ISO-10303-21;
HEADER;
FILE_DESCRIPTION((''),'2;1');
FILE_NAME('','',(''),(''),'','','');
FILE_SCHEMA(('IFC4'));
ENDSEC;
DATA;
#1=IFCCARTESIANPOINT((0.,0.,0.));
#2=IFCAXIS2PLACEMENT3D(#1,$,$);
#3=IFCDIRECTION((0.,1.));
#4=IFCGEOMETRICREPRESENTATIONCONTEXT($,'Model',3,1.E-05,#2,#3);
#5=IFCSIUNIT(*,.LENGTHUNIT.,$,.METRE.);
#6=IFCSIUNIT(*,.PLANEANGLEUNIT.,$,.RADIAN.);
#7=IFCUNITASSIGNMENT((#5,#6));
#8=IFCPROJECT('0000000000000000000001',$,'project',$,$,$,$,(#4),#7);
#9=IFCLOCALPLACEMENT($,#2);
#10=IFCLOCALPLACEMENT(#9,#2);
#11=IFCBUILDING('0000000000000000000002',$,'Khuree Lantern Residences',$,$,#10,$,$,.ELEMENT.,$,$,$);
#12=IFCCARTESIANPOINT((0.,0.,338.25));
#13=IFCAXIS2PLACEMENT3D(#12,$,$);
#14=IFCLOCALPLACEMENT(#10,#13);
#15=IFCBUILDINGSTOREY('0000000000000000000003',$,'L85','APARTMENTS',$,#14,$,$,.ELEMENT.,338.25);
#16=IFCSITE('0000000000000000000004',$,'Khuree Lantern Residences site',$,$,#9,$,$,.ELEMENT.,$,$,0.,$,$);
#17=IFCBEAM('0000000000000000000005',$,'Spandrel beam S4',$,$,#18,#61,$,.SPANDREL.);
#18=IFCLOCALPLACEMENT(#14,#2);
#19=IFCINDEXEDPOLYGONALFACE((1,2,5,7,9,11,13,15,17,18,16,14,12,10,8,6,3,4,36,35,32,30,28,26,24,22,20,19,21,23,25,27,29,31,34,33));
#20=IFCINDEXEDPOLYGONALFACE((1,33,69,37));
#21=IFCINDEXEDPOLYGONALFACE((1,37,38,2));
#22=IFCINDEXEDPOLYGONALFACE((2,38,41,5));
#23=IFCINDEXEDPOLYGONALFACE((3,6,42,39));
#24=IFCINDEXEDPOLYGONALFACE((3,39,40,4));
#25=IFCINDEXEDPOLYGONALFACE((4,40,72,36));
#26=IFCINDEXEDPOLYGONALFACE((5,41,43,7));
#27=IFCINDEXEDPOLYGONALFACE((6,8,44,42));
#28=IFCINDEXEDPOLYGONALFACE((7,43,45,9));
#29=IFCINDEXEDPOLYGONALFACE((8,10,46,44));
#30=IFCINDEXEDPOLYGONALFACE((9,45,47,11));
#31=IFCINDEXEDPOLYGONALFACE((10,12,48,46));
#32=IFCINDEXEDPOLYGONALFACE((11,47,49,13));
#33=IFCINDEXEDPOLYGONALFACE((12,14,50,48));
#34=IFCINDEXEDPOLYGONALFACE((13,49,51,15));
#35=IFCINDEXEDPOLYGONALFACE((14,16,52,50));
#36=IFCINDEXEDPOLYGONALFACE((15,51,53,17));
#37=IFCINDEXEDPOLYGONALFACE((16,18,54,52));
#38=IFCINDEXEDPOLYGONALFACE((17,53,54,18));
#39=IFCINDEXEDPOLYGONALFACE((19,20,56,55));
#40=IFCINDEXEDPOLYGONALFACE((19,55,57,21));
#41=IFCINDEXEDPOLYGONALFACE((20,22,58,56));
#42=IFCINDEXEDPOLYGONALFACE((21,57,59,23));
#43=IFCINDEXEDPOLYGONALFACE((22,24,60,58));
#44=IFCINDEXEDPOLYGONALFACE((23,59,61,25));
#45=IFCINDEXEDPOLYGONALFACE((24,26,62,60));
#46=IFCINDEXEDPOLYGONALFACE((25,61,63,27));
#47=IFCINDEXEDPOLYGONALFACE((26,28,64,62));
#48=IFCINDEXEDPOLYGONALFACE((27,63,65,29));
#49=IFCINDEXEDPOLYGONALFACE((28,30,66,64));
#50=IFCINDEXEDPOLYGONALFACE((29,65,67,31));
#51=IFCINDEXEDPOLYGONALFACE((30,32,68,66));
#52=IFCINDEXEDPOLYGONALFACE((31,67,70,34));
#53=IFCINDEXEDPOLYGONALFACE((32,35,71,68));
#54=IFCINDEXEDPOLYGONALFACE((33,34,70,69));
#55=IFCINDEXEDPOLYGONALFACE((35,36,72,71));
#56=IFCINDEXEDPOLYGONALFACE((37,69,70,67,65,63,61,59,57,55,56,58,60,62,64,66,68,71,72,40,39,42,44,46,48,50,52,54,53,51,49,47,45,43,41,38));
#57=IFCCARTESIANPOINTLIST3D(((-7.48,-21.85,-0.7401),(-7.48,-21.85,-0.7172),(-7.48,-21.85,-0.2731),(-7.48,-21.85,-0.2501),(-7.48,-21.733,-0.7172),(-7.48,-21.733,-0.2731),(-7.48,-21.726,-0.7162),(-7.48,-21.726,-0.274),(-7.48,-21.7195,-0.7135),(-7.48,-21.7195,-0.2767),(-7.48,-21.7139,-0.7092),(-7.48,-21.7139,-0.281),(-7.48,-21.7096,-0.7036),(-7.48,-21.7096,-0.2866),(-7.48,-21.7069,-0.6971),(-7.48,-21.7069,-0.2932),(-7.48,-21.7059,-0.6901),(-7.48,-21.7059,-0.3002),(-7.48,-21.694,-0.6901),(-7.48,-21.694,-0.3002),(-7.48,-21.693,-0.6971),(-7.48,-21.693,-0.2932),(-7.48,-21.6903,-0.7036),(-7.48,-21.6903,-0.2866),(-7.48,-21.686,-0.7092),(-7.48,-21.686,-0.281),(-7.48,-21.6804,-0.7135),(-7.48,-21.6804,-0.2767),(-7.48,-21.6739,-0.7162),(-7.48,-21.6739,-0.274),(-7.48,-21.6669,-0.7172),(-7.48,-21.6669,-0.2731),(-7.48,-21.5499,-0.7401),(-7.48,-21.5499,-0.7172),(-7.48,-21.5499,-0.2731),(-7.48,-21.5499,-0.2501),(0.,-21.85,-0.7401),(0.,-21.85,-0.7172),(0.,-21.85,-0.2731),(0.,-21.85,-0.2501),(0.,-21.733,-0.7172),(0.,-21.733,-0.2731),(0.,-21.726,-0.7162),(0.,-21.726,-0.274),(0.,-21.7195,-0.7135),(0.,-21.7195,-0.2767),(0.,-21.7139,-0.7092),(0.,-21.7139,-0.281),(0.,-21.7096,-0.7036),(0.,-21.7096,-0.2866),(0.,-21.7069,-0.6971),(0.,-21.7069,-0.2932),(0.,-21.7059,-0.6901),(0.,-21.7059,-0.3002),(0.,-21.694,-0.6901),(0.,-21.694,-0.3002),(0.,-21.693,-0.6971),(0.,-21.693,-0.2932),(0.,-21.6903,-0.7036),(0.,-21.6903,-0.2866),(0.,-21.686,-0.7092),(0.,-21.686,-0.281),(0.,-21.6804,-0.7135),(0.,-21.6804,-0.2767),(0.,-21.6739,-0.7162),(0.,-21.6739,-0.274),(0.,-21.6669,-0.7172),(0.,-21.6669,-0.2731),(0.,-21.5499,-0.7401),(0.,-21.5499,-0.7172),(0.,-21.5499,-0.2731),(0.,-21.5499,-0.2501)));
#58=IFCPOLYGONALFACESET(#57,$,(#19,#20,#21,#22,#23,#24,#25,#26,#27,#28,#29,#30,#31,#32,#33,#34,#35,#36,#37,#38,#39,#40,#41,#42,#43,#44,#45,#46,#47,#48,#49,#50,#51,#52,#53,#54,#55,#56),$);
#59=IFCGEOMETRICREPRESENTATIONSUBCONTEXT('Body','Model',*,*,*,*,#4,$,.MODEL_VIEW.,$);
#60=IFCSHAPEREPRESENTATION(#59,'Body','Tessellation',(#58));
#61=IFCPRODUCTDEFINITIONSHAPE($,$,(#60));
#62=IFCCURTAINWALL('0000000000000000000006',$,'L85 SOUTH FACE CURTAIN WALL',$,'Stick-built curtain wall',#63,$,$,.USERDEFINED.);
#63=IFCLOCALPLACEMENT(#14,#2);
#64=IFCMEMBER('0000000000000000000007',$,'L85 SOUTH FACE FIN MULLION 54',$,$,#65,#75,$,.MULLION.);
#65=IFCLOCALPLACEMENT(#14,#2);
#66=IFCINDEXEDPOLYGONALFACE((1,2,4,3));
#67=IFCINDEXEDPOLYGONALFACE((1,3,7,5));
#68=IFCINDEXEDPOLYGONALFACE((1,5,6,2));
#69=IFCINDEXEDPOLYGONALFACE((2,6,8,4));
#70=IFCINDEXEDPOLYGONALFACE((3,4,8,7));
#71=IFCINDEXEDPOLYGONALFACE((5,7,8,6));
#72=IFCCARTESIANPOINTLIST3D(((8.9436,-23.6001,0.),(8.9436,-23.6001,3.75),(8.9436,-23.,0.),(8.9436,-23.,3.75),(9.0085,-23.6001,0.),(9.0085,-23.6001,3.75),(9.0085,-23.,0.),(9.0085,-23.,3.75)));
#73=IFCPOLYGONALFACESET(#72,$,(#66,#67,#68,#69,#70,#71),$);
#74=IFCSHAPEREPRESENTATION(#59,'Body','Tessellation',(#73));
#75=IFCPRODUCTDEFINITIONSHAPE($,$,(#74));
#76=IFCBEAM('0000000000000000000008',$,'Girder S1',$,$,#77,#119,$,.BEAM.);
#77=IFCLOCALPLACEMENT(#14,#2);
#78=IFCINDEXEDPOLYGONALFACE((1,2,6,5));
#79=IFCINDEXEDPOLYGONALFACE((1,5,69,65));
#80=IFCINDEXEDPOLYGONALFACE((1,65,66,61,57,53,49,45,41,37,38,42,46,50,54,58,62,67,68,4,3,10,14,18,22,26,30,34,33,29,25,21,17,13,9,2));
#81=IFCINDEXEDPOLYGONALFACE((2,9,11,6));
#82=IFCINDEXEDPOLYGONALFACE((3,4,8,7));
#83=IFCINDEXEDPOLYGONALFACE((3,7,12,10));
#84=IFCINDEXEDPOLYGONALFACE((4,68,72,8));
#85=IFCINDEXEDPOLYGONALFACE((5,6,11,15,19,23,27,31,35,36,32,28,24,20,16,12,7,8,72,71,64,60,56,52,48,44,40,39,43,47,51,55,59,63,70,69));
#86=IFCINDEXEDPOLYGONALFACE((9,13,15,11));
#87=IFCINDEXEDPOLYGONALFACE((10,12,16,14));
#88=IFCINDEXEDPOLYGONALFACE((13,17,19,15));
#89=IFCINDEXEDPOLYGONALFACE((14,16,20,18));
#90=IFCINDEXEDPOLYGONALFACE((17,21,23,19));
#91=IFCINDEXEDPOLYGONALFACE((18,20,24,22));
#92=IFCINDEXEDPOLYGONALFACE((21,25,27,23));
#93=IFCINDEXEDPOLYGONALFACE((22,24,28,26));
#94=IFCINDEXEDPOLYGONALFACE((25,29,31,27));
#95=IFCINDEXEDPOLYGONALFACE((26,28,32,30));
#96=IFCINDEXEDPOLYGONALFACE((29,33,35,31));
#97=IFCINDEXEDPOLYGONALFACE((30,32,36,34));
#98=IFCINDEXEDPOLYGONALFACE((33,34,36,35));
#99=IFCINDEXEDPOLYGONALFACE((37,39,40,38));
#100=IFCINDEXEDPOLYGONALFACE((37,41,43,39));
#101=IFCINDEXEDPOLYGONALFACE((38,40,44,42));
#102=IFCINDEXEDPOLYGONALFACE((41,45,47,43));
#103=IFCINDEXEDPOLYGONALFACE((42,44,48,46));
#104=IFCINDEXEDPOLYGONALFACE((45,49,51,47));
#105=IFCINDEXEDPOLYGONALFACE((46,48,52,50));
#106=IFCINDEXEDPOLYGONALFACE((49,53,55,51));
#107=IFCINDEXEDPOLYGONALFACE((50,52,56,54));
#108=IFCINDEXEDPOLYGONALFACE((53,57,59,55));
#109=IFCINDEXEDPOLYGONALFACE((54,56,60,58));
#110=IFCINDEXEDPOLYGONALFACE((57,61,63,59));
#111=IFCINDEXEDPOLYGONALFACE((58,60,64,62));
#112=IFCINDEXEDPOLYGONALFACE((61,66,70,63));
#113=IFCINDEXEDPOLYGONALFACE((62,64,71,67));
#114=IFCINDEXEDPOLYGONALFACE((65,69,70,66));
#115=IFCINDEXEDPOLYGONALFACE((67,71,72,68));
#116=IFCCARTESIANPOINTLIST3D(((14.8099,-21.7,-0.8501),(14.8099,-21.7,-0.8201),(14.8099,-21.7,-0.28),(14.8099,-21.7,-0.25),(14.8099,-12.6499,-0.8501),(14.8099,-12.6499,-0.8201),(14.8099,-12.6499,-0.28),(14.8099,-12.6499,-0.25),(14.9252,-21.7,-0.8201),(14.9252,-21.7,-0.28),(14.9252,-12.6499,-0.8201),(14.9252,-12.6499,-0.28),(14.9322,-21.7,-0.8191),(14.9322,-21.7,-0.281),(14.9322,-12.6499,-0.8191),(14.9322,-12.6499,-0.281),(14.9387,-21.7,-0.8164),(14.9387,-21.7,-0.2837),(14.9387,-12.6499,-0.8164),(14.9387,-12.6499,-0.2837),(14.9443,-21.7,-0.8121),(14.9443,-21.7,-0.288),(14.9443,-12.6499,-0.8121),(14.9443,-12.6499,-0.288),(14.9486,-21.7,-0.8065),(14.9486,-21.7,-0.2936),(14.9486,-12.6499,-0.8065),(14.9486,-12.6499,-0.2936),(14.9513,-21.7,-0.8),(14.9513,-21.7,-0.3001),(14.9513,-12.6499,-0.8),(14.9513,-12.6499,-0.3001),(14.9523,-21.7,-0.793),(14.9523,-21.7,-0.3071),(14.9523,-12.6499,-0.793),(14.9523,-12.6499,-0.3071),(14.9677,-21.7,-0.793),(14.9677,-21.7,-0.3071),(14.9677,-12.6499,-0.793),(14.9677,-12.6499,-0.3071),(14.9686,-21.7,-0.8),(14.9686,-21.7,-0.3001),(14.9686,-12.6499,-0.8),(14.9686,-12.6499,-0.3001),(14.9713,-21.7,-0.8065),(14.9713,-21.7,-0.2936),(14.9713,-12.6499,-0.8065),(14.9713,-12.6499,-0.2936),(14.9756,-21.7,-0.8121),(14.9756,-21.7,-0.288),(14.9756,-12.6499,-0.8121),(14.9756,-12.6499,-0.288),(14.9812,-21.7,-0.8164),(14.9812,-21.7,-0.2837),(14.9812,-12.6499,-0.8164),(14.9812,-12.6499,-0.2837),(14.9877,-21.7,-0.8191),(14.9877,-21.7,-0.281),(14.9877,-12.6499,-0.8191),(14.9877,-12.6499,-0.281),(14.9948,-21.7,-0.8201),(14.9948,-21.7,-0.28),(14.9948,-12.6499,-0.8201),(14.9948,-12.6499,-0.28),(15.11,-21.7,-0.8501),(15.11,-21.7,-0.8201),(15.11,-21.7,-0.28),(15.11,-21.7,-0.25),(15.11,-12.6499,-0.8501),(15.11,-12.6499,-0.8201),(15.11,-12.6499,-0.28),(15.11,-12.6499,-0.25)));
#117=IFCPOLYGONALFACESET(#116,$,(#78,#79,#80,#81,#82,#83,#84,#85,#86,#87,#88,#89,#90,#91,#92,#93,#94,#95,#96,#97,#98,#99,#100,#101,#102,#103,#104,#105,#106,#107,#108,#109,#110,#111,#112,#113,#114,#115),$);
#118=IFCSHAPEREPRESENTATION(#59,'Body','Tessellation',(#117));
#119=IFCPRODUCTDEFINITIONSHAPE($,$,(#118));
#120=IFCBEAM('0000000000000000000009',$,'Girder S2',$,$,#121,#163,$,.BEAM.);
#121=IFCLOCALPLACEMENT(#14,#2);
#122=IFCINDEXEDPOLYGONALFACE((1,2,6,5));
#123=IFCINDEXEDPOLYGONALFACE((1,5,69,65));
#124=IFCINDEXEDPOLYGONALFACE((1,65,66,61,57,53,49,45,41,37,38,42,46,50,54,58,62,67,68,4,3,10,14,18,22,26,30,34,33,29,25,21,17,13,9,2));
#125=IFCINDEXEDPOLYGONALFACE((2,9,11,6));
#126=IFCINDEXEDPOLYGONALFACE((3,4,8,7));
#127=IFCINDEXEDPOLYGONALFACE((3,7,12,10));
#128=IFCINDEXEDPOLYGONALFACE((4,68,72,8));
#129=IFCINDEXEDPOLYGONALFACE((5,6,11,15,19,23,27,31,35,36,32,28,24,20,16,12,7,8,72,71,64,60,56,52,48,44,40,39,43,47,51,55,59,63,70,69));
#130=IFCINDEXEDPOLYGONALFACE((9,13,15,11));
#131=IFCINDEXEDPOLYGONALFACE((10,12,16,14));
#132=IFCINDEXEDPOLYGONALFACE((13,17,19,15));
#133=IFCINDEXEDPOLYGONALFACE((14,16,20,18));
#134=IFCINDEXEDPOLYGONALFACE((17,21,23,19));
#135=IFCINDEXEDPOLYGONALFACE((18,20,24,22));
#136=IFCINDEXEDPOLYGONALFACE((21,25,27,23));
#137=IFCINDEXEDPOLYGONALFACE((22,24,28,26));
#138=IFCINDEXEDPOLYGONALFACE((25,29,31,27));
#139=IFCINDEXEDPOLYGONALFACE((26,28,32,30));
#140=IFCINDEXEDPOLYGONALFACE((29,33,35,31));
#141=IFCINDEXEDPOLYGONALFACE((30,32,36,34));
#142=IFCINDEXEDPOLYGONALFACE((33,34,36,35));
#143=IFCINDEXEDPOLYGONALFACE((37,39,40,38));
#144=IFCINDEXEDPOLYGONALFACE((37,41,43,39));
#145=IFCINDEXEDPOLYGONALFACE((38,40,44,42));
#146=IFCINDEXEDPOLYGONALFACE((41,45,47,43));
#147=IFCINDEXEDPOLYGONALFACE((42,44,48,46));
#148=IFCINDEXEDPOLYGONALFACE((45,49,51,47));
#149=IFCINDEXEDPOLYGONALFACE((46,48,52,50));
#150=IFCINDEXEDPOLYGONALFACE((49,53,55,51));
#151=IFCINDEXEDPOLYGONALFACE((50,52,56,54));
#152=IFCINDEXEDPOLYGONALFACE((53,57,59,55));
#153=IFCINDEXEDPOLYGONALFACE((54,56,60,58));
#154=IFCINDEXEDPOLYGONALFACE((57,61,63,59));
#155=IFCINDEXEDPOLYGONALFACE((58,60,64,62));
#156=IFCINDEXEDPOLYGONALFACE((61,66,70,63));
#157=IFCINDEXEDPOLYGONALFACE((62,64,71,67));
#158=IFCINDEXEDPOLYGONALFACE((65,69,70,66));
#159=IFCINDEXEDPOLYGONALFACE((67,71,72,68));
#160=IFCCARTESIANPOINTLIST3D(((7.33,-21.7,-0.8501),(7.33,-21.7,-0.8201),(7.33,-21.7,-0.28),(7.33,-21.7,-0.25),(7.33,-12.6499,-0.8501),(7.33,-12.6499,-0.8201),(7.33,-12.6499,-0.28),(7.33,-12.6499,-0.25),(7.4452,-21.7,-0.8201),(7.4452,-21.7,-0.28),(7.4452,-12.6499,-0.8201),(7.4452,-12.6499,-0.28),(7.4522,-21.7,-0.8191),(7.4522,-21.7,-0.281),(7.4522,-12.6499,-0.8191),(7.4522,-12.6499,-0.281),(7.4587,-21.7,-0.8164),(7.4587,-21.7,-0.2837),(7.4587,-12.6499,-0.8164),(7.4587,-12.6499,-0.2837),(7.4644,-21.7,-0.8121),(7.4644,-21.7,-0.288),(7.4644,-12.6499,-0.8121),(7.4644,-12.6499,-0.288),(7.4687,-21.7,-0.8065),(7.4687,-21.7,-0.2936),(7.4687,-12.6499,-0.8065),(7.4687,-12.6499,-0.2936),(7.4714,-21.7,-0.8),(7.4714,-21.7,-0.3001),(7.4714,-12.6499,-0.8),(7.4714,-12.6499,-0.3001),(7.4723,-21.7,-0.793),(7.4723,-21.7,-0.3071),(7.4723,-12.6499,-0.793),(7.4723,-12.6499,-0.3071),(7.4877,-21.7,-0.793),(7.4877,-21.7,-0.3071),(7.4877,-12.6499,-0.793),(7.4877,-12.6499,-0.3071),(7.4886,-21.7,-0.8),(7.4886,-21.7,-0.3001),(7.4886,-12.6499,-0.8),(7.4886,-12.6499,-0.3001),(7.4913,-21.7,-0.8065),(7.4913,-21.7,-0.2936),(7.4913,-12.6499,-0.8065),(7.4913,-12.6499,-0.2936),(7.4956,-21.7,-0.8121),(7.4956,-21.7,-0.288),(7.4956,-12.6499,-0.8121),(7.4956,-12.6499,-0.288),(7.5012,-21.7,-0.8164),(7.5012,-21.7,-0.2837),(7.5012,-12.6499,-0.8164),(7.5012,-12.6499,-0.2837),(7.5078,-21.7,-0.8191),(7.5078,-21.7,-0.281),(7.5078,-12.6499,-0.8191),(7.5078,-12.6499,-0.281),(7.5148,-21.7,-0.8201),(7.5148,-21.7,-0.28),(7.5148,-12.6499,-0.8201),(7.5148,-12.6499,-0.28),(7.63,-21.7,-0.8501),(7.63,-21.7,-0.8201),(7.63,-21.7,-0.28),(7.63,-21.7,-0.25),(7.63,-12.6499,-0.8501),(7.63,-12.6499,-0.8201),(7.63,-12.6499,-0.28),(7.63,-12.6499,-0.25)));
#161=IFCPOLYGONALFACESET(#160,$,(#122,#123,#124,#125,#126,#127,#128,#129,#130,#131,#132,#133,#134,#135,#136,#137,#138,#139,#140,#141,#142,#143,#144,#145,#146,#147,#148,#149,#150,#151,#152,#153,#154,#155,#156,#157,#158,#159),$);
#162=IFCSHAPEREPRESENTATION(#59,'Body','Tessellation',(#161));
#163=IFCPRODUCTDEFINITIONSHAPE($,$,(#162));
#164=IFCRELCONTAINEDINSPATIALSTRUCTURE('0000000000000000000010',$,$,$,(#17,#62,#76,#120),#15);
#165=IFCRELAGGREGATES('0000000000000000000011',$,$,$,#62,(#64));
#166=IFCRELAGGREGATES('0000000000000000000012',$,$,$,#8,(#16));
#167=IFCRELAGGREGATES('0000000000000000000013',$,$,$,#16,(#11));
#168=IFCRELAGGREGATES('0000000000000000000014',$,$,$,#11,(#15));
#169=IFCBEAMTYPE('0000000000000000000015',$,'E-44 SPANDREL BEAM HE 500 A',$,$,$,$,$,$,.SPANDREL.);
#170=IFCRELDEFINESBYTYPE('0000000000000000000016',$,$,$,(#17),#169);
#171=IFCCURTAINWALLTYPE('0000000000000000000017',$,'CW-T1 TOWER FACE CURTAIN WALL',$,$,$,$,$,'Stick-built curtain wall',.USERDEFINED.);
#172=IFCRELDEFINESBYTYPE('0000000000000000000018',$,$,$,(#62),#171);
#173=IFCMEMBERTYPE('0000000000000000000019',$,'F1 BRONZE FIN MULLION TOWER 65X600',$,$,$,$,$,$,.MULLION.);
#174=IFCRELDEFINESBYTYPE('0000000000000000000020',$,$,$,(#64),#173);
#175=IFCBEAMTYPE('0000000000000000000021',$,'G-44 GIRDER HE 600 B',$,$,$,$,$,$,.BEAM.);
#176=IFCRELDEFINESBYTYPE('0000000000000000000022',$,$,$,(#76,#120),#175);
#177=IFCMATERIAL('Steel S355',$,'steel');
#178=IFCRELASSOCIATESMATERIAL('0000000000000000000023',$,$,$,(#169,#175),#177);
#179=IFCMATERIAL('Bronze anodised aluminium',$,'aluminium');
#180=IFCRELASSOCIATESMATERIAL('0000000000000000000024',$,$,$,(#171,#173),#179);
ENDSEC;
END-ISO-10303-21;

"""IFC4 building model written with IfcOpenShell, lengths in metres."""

from ifc_helpers import new_model, si_unit, direction, frame, origin, origin_2d, place, context, subcontext, project, spatial, rectangle, i_section, extrude, material, material_profile, profile_set, type_object, element, aggregate, save


model = new_model("IFC4")

# Units and contexts
model_context = context("Model", 3, precision=1e-05, world=origin(), true_north=direction((0.0, 1.0)))
body_context = subcontext(model_context, "Body", "Model", "MODEL_VIEW")
ifc_project = project(units=[si_unit("LENGTHUNIT", "METRE"), si_unit("PLANEANGLEUNIT", "RADIAN")], contexts=[model_context])

# Site, building, storey
site_placement = place(None, origin())
site = spatial("IfcSite", under=ifc_project, at=site_placement, Name="Khuree Lantern Residences site", CompositionType="ELEMENT", RefElevation=0.0)
building_placement = place(site_placement, origin())
building = spatial("IfcBuilding", under=site, at=building_placement, Name="Khuree Lantern Residences", CompositionType="ELEMENT")
storey_placement = place(building_placement, frame((0.0, 0.0, 338.25)))
storey = spatial("IfcBuildingStorey", under=building, at=storey_placement, Name="L85", Description="APARTMENTS", CompositionType="ELEMENT", Elevation=338.25)

# Beam
ifc_material_1 = material(Name="Steel S355", Category="steel")
ifc_material_profile_1 = material_profile(ifc_material_1, i_section(OverallWidth=0.3, OverallDepth=0.49, WebThickness=0.012, FlangeThickness=0.0229, FilletRadius=0.0271, at=origin_2d()), Name="HE 500 A")
ifc_profile_set_1 = profile_set([ifc_material_profile_1], Name="Steel S355")
beam_type_1 = type_object("IfcBeamType", Name="E-44 SPANDREL BEAM HE 500 A", PredefinedType="SPANDREL", material=ifc_profile_set_1)
for number, where, z_axis, x_axis, name in (
    (1, (0.0, -21.7, -0.4951), (-1.0, 0.0, 0.0), (0.0, -1.0, 0.0), "Spandrel beam S4"),
):
    element("IfcBeam", number, at=place(storey_placement, frame(where, z_axis=z_axis, x_axis=x_axis)), inside=storey, type_object=beam_type_1, Name=name, PredefinedType="SPANDREL", context=body_context, shape_type="SweptSolid", body=[
        extrude(i_section(OverallWidth=0.3, OverallDepth=0.49, WebThickness=0.012, FlangeThickness=0.0229, FilletRadius=0.0271, at=origin_2d()), origin(), (0.0, 0.0, 1.0), 7.48),
    ])

# Curtain wall, member
ifc_material_2 = material(Name="Bronze anodised aluminium", Category="aluminium")
curtain_wall_type = type_object("IfcCurtainWallType", Name="CW-T1 TOWER FACE CURTAIN WALL", ElementType="Stick-built curtain wall", PredefinedType="USERDEFINED", material=ifc_material_2)
curtain_wall_placement = place(storey_placement, origin())
curtain_wall = element("IfcCurtainWall", 2, at=curtain_wall_placement, inside=storey, type_object=curtain_wall_type, Name="L85 SOUTH FACE CURTAIN WALL", ObjectType="Stick-built curtain wall", PredefinedType="USERDEFINED")
ifc_material_profile_2 = material_profile(ifc_material_2, rectangle(XDim=0.0649, YDim=0.6001, at=origin_2d()), Name="F1 65X600")
ifc_profile_set_2 = profile_set([ifc_material_profile_2], Name="Bronze anodised aluminium")
member_type_1 = type_object("IfcMemberType", Name="F1 BRONZE FIN MULLION TOWER 65X600", PredefinedType="MULLION", material=ifc_profile_set_2)
member_1_placement = place(storey_placement, frame((8.9761, -23.3, 0.0), z_axis=(0.0, 0.0, 1.0), x_axis=(1.0, 0.0, 0.0)))
member_1 = element("IfcMember", 3, at=member_1_placement, type_object=member_type_1, Name="L85 SOUTH FACE FIN MULLION 54", PredefinedType="MULLION", context=body_context, shape_type="SweptSolid", body=[
    extrude(rectangle(XDim=0.0649, YDim=0.6001, at=origin_2d()), origin(), (0.0, 0.0, 1.0), 3.75),
])

# Beams
ifc_material_profile_3 = material_profile(ifc_material_1, i_section(OverallWidth=0.3, OverallDepth=0.6001, WebThickness=0.0154, FlangeThickness=0.03, FilletRadius=0.0271, at=origin_2d()), Name="HE 600 B")
ifc_profile_set_3 = profile_set([ifc_material_profile_3], Name="Steel S355")
beam_type_2 = type_object("IfcBeamType", Name="G-44 GIRDER HE 600 B", PredefinedType="BEAM", material=ifc_profile_set_3)
for number, where, z_axis, x_axis, name in (
    (4, (14.96, -21.7, -0.55), (0.0, 1.0, 0.0), (-1.0, 0.0, 0.0), "Girder S1"),
    (5, (7.48, -21.7, -0.55), (0.0, 1.0, 0.0), (-1.0, 0.0, 0.0), "Girder S2"),
):
    element("IfcBeam", number, at=place(storey_placement, frame(where, z_axis=z_axis, x_axis=x_axis)), inside=storey, type_object=beam_type_2, Name=name, PredefinedType="BEAM", context=body_context, shape_type="SweptSolid", body=[
        extrude(i_section(OverallWidth=0.3, OverallDepth=0.6001, WebThickness=0.0154, FlangeThickness=0.03, FilletRadius=0.0271, at=origin_2d()), origin(), (0.0, 0.0, 1.0), 9.05),
    ])

aggregate(curtain_wall, [member_1])

save(model, "model.ifc")
